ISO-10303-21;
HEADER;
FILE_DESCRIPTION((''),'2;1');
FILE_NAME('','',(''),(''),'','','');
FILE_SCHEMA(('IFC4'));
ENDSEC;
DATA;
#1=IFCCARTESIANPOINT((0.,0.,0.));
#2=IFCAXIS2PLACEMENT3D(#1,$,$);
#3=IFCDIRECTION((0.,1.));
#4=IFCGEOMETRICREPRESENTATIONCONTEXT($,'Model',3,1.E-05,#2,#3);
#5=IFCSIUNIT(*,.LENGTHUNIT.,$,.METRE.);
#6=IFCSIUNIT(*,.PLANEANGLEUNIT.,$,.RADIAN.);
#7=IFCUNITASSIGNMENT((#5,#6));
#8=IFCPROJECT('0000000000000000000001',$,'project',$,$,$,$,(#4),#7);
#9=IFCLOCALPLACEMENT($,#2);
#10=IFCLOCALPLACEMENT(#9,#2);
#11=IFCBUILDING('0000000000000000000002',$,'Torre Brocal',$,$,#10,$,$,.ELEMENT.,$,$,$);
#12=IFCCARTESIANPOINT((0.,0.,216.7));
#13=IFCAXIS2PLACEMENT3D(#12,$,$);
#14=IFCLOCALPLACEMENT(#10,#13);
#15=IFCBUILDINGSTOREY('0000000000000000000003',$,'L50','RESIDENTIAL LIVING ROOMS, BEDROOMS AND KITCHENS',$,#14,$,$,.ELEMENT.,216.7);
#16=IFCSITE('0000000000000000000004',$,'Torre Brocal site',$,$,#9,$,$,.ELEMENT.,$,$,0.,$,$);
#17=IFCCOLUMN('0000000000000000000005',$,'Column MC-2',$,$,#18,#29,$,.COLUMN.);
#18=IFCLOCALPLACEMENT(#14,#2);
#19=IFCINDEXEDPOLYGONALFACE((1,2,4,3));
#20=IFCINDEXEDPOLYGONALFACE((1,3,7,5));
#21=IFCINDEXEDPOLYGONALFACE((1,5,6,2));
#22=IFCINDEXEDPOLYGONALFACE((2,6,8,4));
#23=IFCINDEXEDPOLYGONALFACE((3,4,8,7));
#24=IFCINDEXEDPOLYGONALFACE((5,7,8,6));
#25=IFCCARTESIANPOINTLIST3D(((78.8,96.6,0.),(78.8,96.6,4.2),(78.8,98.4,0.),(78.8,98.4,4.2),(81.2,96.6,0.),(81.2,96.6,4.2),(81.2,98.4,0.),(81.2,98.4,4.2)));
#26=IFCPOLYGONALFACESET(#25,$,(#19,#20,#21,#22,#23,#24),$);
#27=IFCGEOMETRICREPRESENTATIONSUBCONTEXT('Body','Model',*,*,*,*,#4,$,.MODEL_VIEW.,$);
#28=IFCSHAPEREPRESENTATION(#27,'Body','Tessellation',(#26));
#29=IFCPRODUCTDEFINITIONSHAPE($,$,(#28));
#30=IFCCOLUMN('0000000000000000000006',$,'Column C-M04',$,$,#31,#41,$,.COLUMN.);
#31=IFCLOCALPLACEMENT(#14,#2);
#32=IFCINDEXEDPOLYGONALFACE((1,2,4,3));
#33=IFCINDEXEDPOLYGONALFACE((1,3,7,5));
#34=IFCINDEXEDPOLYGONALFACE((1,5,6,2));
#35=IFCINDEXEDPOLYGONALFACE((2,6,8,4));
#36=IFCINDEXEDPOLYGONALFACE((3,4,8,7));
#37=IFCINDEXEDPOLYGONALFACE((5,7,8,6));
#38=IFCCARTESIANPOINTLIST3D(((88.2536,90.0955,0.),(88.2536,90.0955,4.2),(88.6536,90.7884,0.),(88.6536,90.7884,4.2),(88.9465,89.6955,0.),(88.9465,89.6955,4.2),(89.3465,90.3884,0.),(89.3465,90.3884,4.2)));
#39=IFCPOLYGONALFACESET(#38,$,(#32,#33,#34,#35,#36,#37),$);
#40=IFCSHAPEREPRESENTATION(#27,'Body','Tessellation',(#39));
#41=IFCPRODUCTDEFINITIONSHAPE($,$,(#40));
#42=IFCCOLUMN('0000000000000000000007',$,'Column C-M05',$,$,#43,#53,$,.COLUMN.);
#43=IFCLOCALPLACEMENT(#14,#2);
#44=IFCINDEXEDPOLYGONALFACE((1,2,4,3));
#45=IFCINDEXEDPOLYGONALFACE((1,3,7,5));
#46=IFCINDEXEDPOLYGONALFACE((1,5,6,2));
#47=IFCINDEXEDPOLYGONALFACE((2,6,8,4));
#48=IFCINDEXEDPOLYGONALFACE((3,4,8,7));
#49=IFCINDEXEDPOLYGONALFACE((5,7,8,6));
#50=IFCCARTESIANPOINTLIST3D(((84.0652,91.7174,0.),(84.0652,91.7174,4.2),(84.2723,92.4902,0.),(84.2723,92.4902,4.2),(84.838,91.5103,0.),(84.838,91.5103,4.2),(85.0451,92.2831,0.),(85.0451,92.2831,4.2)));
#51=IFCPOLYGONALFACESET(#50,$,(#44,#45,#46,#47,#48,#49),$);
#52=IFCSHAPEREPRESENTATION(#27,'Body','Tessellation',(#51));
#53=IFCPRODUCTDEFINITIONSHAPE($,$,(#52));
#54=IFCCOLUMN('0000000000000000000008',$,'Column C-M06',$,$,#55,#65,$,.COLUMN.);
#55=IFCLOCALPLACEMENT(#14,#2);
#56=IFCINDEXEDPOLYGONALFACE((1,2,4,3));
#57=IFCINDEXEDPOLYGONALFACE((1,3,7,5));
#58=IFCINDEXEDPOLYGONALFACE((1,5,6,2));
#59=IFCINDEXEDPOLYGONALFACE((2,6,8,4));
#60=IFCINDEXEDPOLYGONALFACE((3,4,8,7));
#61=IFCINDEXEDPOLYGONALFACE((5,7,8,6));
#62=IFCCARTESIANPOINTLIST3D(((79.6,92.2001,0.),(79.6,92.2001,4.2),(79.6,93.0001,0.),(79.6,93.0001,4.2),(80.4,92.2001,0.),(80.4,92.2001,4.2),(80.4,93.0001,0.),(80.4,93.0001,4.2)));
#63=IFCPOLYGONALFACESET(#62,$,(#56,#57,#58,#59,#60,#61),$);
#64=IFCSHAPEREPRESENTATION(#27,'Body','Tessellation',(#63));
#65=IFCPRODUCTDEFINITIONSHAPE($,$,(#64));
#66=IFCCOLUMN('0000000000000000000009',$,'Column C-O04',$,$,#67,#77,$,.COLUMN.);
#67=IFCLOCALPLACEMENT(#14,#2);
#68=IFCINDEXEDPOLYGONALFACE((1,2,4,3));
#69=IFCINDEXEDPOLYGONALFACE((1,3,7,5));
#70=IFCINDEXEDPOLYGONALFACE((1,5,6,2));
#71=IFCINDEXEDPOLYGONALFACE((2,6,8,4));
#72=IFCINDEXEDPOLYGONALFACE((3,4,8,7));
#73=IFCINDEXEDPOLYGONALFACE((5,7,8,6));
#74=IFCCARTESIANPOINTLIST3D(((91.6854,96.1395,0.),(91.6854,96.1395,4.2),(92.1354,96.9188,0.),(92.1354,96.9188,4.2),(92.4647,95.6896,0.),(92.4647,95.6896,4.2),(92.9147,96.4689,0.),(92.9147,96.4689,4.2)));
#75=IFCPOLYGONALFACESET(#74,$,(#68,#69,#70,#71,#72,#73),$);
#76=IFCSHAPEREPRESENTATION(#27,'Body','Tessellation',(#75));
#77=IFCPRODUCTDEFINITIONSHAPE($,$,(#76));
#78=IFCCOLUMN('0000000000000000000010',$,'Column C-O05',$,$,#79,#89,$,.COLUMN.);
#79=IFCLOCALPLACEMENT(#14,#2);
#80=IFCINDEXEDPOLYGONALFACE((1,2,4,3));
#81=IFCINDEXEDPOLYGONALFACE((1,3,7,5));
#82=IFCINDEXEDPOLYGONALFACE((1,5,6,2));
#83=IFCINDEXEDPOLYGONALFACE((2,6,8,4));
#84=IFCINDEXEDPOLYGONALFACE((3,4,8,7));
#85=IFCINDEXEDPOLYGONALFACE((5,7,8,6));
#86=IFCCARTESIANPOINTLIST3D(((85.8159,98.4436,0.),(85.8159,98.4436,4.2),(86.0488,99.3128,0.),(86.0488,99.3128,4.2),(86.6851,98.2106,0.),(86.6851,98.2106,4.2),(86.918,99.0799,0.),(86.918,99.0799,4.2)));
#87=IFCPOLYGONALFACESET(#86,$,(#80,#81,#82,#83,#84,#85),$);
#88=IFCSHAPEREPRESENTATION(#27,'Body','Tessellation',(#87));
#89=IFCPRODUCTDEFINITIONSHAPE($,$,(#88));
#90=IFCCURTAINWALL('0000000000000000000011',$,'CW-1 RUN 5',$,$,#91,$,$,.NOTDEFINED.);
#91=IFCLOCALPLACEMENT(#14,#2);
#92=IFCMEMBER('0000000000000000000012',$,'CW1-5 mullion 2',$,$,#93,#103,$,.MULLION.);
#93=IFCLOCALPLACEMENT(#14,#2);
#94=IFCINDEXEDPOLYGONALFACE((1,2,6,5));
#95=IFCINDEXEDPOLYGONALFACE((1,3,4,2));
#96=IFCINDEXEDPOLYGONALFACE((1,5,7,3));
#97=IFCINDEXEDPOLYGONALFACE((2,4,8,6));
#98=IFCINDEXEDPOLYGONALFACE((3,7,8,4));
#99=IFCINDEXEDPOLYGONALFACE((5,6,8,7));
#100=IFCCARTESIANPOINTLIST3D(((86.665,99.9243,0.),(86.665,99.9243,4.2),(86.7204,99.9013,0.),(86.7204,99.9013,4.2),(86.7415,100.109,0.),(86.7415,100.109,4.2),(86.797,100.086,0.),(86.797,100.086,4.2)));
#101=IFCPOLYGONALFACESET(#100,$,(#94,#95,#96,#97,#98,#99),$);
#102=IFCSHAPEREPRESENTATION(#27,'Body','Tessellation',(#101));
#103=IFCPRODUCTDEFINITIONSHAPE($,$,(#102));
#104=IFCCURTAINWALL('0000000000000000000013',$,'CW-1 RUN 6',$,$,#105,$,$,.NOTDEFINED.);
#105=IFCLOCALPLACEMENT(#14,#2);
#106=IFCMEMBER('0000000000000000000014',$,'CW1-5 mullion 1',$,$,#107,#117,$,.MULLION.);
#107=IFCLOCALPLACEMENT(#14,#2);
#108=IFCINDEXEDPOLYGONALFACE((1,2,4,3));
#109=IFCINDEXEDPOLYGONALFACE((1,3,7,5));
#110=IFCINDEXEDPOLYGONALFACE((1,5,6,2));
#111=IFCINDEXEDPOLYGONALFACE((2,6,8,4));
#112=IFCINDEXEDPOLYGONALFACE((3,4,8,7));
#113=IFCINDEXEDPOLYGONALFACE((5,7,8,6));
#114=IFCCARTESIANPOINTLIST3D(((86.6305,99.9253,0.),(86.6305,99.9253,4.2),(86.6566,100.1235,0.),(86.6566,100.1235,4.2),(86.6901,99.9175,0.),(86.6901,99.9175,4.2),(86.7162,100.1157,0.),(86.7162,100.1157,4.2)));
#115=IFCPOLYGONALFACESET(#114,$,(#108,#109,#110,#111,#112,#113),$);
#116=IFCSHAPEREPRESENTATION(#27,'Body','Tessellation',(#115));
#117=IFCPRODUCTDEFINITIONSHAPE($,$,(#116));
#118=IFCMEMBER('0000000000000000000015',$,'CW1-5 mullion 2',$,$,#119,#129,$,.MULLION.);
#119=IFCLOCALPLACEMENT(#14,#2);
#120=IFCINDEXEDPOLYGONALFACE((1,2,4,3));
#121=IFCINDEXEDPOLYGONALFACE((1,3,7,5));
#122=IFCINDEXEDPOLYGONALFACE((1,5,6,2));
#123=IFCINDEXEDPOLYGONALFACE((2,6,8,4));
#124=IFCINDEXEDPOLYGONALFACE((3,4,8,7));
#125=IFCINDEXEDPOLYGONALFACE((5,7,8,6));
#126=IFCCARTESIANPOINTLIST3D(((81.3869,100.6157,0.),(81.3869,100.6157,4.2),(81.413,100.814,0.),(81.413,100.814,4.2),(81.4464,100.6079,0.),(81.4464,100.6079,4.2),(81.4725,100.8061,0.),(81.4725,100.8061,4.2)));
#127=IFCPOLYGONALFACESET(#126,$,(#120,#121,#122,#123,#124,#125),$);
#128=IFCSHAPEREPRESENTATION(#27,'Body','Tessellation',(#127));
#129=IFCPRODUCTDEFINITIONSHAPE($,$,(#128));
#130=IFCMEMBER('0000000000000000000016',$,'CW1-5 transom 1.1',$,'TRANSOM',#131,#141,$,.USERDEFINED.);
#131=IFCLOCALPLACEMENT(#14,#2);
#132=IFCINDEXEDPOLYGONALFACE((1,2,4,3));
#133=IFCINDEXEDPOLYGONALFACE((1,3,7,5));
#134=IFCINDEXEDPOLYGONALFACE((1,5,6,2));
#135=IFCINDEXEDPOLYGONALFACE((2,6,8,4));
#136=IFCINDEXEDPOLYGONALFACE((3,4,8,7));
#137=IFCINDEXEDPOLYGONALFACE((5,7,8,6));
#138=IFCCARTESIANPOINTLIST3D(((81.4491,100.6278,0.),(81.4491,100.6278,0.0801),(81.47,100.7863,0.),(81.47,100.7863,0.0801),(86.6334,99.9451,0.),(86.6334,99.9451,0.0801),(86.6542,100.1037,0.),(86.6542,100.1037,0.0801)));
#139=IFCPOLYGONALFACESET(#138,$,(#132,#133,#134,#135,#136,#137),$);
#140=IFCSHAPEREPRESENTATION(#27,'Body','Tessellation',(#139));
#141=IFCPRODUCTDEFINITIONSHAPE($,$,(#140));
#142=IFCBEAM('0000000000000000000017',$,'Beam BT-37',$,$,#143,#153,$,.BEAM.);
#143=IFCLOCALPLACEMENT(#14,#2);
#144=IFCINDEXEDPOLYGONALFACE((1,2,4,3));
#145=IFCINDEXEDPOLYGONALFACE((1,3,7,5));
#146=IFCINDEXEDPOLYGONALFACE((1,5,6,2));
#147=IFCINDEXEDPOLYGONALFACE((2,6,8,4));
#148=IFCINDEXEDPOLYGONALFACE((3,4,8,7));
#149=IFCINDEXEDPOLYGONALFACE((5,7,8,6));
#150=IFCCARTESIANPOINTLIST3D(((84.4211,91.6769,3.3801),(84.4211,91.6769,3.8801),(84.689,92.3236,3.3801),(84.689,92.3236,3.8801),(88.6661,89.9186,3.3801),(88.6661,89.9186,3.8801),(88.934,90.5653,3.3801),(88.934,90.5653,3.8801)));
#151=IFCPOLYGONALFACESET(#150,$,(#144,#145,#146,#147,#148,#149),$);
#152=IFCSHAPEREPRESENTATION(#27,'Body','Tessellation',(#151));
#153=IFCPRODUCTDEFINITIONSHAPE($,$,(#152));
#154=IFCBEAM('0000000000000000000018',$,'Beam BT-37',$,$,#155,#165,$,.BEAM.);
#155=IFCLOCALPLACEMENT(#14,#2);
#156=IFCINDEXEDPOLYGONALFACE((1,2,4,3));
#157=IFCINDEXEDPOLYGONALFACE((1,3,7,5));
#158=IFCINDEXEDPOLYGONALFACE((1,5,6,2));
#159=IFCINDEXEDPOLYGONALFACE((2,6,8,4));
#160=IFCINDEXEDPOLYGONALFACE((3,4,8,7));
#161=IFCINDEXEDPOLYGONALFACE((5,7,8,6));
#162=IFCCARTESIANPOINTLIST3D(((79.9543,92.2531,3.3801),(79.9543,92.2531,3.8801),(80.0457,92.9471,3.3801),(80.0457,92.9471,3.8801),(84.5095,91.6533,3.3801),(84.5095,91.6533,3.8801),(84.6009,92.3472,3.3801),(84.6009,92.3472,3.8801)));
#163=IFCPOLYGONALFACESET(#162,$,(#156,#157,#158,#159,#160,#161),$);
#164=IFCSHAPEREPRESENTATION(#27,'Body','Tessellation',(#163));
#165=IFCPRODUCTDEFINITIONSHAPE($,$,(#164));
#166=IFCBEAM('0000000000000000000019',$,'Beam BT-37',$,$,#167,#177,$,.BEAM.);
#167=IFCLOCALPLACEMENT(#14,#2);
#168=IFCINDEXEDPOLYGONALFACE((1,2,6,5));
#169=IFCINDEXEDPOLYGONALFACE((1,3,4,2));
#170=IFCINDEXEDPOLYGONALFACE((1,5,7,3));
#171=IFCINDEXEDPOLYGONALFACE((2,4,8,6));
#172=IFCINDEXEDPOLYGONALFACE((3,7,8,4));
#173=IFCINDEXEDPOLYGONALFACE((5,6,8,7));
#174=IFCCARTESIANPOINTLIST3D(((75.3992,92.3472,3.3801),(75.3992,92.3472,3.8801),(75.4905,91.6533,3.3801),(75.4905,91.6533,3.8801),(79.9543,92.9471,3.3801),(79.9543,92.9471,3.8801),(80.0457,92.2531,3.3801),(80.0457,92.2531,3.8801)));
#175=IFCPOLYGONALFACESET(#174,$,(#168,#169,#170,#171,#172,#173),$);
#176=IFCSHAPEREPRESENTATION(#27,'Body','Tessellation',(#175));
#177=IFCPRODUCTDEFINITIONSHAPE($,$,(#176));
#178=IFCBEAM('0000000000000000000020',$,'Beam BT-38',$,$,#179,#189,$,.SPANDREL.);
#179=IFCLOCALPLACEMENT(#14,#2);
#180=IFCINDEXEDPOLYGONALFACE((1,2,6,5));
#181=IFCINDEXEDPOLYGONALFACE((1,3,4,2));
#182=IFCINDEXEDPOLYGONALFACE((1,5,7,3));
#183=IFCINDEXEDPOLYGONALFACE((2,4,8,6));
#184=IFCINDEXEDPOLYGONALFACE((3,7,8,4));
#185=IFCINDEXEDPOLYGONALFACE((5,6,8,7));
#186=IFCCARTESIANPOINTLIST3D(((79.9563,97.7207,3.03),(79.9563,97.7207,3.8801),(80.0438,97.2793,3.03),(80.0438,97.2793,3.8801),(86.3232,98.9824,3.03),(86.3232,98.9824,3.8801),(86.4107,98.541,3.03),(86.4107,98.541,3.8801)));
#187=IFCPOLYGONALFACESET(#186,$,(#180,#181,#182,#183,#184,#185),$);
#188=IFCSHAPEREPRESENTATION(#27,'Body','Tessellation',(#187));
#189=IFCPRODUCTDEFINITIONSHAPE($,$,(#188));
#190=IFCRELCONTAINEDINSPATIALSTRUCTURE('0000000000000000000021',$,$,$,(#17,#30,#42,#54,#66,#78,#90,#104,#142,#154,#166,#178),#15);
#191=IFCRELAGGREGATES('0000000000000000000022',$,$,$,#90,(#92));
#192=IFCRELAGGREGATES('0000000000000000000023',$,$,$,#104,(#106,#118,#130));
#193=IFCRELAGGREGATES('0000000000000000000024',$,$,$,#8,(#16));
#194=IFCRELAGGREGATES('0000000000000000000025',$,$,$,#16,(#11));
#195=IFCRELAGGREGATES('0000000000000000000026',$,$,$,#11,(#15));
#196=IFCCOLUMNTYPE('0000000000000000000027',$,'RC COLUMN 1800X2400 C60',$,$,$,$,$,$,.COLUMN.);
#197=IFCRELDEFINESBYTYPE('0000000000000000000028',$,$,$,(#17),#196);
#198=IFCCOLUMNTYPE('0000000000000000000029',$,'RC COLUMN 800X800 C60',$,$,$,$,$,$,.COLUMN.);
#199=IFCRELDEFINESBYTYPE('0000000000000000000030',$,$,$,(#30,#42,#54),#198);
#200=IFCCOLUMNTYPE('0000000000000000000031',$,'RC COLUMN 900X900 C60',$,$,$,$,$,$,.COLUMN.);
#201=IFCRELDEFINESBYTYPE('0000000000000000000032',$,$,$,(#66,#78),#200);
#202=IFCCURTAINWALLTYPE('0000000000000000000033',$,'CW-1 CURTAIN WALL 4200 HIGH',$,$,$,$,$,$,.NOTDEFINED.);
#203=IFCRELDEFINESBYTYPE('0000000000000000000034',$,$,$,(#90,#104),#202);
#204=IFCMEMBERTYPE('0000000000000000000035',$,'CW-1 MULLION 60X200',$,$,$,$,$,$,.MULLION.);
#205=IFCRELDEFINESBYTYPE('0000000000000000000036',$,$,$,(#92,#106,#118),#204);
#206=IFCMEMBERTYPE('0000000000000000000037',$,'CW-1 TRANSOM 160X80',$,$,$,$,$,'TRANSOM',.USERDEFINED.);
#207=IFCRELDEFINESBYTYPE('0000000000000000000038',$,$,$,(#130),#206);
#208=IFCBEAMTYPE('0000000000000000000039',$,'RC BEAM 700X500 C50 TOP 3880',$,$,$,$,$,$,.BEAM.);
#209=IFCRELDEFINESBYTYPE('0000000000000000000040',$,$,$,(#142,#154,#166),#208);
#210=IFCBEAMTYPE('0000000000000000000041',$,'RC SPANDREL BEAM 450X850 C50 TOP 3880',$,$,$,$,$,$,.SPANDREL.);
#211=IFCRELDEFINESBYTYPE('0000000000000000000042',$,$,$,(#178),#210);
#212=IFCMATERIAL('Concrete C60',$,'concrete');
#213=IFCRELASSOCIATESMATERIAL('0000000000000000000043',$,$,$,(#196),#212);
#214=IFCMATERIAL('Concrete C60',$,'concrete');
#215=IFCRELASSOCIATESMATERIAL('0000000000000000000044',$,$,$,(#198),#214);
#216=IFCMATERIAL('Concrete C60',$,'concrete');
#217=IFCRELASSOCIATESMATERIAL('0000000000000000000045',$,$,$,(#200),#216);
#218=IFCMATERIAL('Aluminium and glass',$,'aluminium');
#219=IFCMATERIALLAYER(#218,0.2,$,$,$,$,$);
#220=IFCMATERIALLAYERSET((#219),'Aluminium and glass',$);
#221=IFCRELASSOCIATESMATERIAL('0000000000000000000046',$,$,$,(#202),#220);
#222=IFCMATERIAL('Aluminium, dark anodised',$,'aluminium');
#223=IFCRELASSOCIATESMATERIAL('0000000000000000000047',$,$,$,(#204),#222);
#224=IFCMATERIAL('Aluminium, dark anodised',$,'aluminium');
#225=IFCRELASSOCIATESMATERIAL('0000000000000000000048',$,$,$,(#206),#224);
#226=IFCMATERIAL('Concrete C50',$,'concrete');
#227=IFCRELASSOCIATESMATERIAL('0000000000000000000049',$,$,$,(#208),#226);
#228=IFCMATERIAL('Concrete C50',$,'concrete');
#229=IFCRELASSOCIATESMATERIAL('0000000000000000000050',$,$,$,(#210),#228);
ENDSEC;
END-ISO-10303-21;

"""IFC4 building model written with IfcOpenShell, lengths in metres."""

from ifc_helpers import new_model, si_unit, direction, frame, origin, origin_2d, place, context, subcontext, project, spatial, rectangle, extrude, material, layer, layer_set, material_profile, profile_set, type_object, element, aggregate, save


model = new_model("IFC4")

# Units and contexts
model_context = context("Model", 3, precision=1e-05, world=origin(), true_north=direction((0.0, 1.0)))
body_context = subcontext(model_context, "Body", "Model", "MODEL_VIEW")
ifc_project = project(units=[si_unit("LENGTHUNIT", "METRE"), si_unit("PLANEANGLEUNIT", "RADIAN")], contexts=[model_context])

# Site, building, storey
site_placement = place(None, origin())
site = spatial("IfcSite", under=ifc_project, at=site_placement, Name="Torre Brocal site", CompositionType="ELEMENT", RefElevation=0.0)
building_placement = place(site_placement, origin())
building = spatial("IfcBuilding", under=site, at=building_placement, Name="Torre Brocal", CompositionType="ELEMENT")
storey_placement = place(building_placement, frame((0.0, 0.0, 216.7)))
storey = spatial("IfcBuildingStorey", under=building, at=storey_placement, Name="L50", Description="RESIDENTIAL LIVING ROOMS, BEDROOMS AND KITCHENS", CompositionType="ELEMENT", Elevation=216.7)

# Columns
ifc_material_1 = material(Name="Concrete C60", Category="concrete")
ifc_material_profile_1 = material_profile(ifc_material_1, rectangle(XDim=1.8, YDim=2.3999, at=origin_2d()), Name="RC 1800X2400")
ifc_profile_set_1 = profile_set([ifc_material_profile_1], Name="Concrete C60")
column_type_1 = type_object("IfcColumnType", Name="RC COLUMN 1800X2400 C60", PredefinedType="COLUMN", material=ifc_profile_set_1)
column_placement = place(storey_placement, frame((80.0, 97.5, 0.0), z_axis=(0.0, 0.0, 1.0), x_axis=(0.0, 1.0, 0.0)))
element("IfcColumn", 1, at=column_placement, inside=storey, type_object=column_type_1, Name="Column MC-2", PredefinedType="COLUMN", context=body_context, shape_type="SweptSolid", body=[
    extrude(rectangle(XDim=1.8, YDim=2.3999, at=origin_2d()), origin(), (0.0, 0.0, 1.0), 4.2),
])
ifc_material_2 = material(Name="Concrete C60", Category="concrete")
ifc_material_profile_2 = material_profile(ifc_material_2, rectangle(XDim=0.8, YDim=0.8, at=origin_2d()), Name="RC 800X800")
ifc_profile_set_2 = profile_set([ifc_material_profile_2], Name="Concrete C60")
column_type_2 = type_object("IfcColumnType", Name="RC COLUMN 800X800 C60", PredefinedType="COLUMN", material=ifc_profile_set_2)
for number, where, z_axis, x_axis, name in (
    (2, (88.8, 90.2419, 0.0), (0.0, 0.0, 1.0), (0.5, 0.866025, 0.0), "Column C-M04"),
    (3, (84.5552, 92.0002, 0.0), (0.0, 0.0, 1.0), (0.258819, 0.965926, 0.0), "Column C-M05"),
    (4, (80.0, 92.6001, 0.0), (0.0, 0.0, 1.0), (0.0, 1.0, 0.0), "Column C-M06"),
):
    element("IfcColumn", number, at=place(storey_placement, frame(where, z_axis=z_axis, x_axis=x_axis)), inside=storey, type_object=column_type_2, Name=name, PredefinedType="COLUMN", context=body_context, shape_type="SweptSolid", body=[
        extrude(rectangle(XDim=0.8, YDim=0.8, at=origin_2d()), origin(), (0.0, 0.0, 1.0), 4.2),
    ])
ifc_material_3 = material(Name="Concrete C60", Category="concrete")
ifc_material_profile_3 = material_profile(ifc_material_3, rectangle(XDim=0.8999, YDim=0.8999, at=origin_2d()), Name="RC 900X900")
ifc_profile_set_3 = profile_set([ifc_material_profile_3], Name="Concrete C60")
column_type_3 = type_object("IfcColumnType", Name="RC COLUMN 900X900 C60", PredefinedType="COLUMN", material=ifc_profile_set_3)
for number, where, z_axis, x_axis, name in (
    (5, (92.3, 96.3042, 0.0), (0.0, 0.0, 1.0), (0.5, 0.866025, 0.0), "Column C-O04"),
    (6, (86.3669, 98.7617, 0.0), (0.0, 0.0, 1.0), (0.258819, 0.965926, 0.0), "Column C-O05"),
):
    element("IfcColumn", number, at=place(storey_placement, frame(where, z_axis=z_axis, x_axis=x_axis)), inside=storey, type_object=column_type_3, Name=name, PredefinedType="COLUMN", context=body_context, shape_type="SweptSolid", body=[
        extrude(rectangle(XDim=0.8999, YDim=0.8999, at=origin_2d()), origin(), (0.0, 0.0, 1.0), 4.2),
    ])

# Curtain wall, member
ifc_material_4 = material(Name="Aluminium and glass", Category="aluminium")
ifc_layer_1 = layer(ifc_material_4, 0.2)
ifc_layer_set_1 = layer_set([ifc_layer_1], Name="Aluminium and glass")
curtain_wall_type = type_object("IfcCurtainWallType", Name="CW-1 CURTAIN WALL 4200 HIGH", PredefinedType="NOTDEFINED", material=ifc_layer_set_1)
curtain_wall_1_placement = place(storey_placement, origin())
curtain_wall_1 = element("IfcCurtainWall", 7, at=curtain_wall_1_placement, inside=storey, type_object=curtain_wall_type, Name="CW-1 RUN 5", PredefinedType="NOTDEFINED")
ifc_material_5 = material(Name="Aluminium, dark anodised", Category="aluminium")
ifc_material_profile_4 = material_profile(ifc_material_5, rectangle(XDim=0.2, YDim=0.0601, at=origin_2d()), Name="CW-1 MULLION 60X200")
ifc_profile_set_4 = profile_set([ifc_material_profile_4], Name="Aluminium, dark anodised")
member_type_1 = type_object("IfcMemberType", Name="CW-1 MULLION 60X200", PredefinedType="MULLION", material=ifc_profile_set_4)
member_1_placement = place(storey_placement, frame((86.731, 100.0051, 0.0), z_axis=(0.0, 0.0, 1.0), x_axis=(-0.382683, -0.92388, 0.0)))
member_1 = element("IfcMember", 8, at=member_1_placement, type_object=member_type_1, Name="CW1-5 mullion 2", PredefinedType="MULLION", context=body_context, shape_type="SweptSolid", body=[
    extrude(rectangle(XDim=0.2, YDim=0.0601, at=origin_2d()), origin(), (0.0, 0.0, 1.0), 4.2),
])

# Curtain wall, members
curtain_wall_2_placement = place(storey_placement, origin())
curtain_wall_2 = element("IfcCurtainWall", 9, at=curtain_wall_2_placement, inside=storey, type_object=curtain_wall_type, Name="CW-1 RUN 6", PredefinedType="NOTDEFINED")
member_2_placement = place(storey_placement, frame((86.6733, 100.0205, 0.0), z_axis=(0.0, 0.0, 1.0), x_axis=(-0.130526, -0.991445, 0.0)))
member_2 = element("IfcMember", 10, at=member_2_placement, type_object=member_type_1, Name="CW1-5 mullion 1", PredefinedType="MULLION", context=body_context, shape_type="SweptSolid", body=[
    extrude(rectangle(XDim=0.2, YDim=0.0601, at=origin_2d()), origin(), (0.0, 0.0, 1.0), 4.2),
])
member_3_placement = place(storey_placement, frame((81.4297, 100.7109, 0.0), z_axis=(0.0, 0.0, 1.0), x_axis=(-0.130526, -0.991445, 0.0)))
member_3 = element("IfcMember", 11, at=member_3_placement, type_object=member_type_1, Name="CW1-5 mullion 2", PredefinedType="MULLION", context=body_context, shape_type="SweptSolid", body=[
    extrude(rectangle(XDim=0.2, YDim=0.0601, at=origin_2d()), origin(), (0.0, 0.0, 1.0), 4.2),
])
ifc_material_6 = material(Name="Aluminium, dark anodised", Category="aluminium")
ifc_material_profile_5 = material_profile(ifc_material_6, rectangle(XDim=0.1599, YDim=0.0801, at=origin_2d()), Name="CW-1 TRANSOM 160X80")
ifc_profile_set_5 = profile_set([ifc_material_profile_5], Name="Aluminium, dark anodised")
member_type_2 = type_object("IfcMemberType", Name="CW-1 TRANSOM 160X80", ElementType="TRANSOM", PredefinedType="USERDEFINED", material=ifc_profile_set_5)
member_4_placement = place(storey_placement, frame((86.6438, 100.0244, 0.04), z_axis=(-0.991443, 0.130543, 0.0), x_axis=(-0.130543, -0.991443, 0.0)))
member_4 = element("IfcMember", 12, at=member_4_placement, type_object=member_type_2, Name="CW1-5 transom 1.1", ObjectType="TRANSOM", PredefinedType="USERDEFINED", context=body_context, shape_type="SweptSolid", body=[
    extrude(rectangle(XDim=0.1599, YDim=0.0801, at=origin_2d()), origin(), (0.0, 0.0, 1.0), 5.229),
])

# Beams
ifc_material_7 = material(Name="Concrete C50", Category="concrete")
ifc_material_profile_6 = material_profile(ifc_material_7, rectangle(XDim=0.7, YDim=0.5, at=origin_2d()), Name="RC 700X500")
ifc_profile_set_6 = profile_set([ifc_material_profile_6], Name="Concrete C50")
beam_type_1 = type_object("IfcBeamType", Name="RC BEAM 700X500 C50 TOP 3880", PredefinedType="BEAM", material=ifc_profile_set_6)
beam_placement = place(storey_placement, frame((88.8, 90.2419, 3.6301), z_axis=(-0.923878, 0.382687, 0.0), x_axis=(-0.382687, -0.923878, 0.0)))
element("IfcBeam", 13, at=beam_placement, inside=storey, type_object=beam_type_1, Name="Beam BT-37", PredefinedType="BEAM", context=body_context, shape_type="SweptSolid", body=[
    extrude(rectangle(XDim=0.7, YDim=0.5, at=origin_2d()), origin(), (0.0, 0.0, 1.0), 4.5947),
])
for number, where, z_axis, x_axis, name in (
    (14, (84.5552, 92.0002, 3.6301), (-0.991441, 0.130559, 0.0), (-0.130559, -0.991441, 0.0), "Beam BT-37"),
    (15, (80.0, 92.6001, 3.6301), (-0.991441, -0.130559, 0.0), (0.130559, -0.991441, 0.0), "Beam BT-37"),
):
    element("IfcBeam", number, at=place(storey_placement, frame(where, z_axis=z_axis, x_axis=x_axis)), inside=storey, type_object=beam_type_1, Name=name, PredefinedType="BEAM", context=body_context, shape_type="SweptSolid", body=[
        extrude(rectangle(XDim=0.7, YDim=0.5, at=origin_2d()), origin(), (0.0, 0.0, 1.0), 4.5945),
    ])
ifc_material_8 = material(Name="Concrete C50", Category="concrete")
ifc_material_profile_7 = material_profile(ifc_material_8, rectangle(XDim=0.45, YDim=0.8501, at=origin_2d()), Name="RC 450X850")
ifc_profile_set_7 = profile_set([ifc_material_profile_7], Name="Concrete C50")
beam_type_2 = type_object("IfcBeamType", Name="RC SPANDREL BEAM 450X850 C50 TOP 3880", PredefinedType="SPANDREL", material=ifc_profile_set_7)
for number, where, z_axis, x_axis, name in (
    (16, (86.3669, 98.7617, 3.4551), (-0.980925, -0.194387, 0.0), (0.194387, -0.980925, 0.0), "Beam BT-38"),
):
    element("IfcBeam", number, at=place(storey_placement, frame(where, z_axis=z_axis, x_axis=x_axis)), inside=storey, type_object=beam_type_2, Name=name, PredefinedType="SPANDREL", context=body_context, shape_type="SweptSolid", body=[
        extrude(rectangle(XDim=0.45, YDim=0.8501, at=origin_2d()), origin(), (0.0, 0.0, 1.0), 6.4907),
    ])

aggregate(curtain_wall_1, [member_1])
aggregate(curtain_wall_2, [member_2, member_3, member_4])

save(model, "model.ifc")
